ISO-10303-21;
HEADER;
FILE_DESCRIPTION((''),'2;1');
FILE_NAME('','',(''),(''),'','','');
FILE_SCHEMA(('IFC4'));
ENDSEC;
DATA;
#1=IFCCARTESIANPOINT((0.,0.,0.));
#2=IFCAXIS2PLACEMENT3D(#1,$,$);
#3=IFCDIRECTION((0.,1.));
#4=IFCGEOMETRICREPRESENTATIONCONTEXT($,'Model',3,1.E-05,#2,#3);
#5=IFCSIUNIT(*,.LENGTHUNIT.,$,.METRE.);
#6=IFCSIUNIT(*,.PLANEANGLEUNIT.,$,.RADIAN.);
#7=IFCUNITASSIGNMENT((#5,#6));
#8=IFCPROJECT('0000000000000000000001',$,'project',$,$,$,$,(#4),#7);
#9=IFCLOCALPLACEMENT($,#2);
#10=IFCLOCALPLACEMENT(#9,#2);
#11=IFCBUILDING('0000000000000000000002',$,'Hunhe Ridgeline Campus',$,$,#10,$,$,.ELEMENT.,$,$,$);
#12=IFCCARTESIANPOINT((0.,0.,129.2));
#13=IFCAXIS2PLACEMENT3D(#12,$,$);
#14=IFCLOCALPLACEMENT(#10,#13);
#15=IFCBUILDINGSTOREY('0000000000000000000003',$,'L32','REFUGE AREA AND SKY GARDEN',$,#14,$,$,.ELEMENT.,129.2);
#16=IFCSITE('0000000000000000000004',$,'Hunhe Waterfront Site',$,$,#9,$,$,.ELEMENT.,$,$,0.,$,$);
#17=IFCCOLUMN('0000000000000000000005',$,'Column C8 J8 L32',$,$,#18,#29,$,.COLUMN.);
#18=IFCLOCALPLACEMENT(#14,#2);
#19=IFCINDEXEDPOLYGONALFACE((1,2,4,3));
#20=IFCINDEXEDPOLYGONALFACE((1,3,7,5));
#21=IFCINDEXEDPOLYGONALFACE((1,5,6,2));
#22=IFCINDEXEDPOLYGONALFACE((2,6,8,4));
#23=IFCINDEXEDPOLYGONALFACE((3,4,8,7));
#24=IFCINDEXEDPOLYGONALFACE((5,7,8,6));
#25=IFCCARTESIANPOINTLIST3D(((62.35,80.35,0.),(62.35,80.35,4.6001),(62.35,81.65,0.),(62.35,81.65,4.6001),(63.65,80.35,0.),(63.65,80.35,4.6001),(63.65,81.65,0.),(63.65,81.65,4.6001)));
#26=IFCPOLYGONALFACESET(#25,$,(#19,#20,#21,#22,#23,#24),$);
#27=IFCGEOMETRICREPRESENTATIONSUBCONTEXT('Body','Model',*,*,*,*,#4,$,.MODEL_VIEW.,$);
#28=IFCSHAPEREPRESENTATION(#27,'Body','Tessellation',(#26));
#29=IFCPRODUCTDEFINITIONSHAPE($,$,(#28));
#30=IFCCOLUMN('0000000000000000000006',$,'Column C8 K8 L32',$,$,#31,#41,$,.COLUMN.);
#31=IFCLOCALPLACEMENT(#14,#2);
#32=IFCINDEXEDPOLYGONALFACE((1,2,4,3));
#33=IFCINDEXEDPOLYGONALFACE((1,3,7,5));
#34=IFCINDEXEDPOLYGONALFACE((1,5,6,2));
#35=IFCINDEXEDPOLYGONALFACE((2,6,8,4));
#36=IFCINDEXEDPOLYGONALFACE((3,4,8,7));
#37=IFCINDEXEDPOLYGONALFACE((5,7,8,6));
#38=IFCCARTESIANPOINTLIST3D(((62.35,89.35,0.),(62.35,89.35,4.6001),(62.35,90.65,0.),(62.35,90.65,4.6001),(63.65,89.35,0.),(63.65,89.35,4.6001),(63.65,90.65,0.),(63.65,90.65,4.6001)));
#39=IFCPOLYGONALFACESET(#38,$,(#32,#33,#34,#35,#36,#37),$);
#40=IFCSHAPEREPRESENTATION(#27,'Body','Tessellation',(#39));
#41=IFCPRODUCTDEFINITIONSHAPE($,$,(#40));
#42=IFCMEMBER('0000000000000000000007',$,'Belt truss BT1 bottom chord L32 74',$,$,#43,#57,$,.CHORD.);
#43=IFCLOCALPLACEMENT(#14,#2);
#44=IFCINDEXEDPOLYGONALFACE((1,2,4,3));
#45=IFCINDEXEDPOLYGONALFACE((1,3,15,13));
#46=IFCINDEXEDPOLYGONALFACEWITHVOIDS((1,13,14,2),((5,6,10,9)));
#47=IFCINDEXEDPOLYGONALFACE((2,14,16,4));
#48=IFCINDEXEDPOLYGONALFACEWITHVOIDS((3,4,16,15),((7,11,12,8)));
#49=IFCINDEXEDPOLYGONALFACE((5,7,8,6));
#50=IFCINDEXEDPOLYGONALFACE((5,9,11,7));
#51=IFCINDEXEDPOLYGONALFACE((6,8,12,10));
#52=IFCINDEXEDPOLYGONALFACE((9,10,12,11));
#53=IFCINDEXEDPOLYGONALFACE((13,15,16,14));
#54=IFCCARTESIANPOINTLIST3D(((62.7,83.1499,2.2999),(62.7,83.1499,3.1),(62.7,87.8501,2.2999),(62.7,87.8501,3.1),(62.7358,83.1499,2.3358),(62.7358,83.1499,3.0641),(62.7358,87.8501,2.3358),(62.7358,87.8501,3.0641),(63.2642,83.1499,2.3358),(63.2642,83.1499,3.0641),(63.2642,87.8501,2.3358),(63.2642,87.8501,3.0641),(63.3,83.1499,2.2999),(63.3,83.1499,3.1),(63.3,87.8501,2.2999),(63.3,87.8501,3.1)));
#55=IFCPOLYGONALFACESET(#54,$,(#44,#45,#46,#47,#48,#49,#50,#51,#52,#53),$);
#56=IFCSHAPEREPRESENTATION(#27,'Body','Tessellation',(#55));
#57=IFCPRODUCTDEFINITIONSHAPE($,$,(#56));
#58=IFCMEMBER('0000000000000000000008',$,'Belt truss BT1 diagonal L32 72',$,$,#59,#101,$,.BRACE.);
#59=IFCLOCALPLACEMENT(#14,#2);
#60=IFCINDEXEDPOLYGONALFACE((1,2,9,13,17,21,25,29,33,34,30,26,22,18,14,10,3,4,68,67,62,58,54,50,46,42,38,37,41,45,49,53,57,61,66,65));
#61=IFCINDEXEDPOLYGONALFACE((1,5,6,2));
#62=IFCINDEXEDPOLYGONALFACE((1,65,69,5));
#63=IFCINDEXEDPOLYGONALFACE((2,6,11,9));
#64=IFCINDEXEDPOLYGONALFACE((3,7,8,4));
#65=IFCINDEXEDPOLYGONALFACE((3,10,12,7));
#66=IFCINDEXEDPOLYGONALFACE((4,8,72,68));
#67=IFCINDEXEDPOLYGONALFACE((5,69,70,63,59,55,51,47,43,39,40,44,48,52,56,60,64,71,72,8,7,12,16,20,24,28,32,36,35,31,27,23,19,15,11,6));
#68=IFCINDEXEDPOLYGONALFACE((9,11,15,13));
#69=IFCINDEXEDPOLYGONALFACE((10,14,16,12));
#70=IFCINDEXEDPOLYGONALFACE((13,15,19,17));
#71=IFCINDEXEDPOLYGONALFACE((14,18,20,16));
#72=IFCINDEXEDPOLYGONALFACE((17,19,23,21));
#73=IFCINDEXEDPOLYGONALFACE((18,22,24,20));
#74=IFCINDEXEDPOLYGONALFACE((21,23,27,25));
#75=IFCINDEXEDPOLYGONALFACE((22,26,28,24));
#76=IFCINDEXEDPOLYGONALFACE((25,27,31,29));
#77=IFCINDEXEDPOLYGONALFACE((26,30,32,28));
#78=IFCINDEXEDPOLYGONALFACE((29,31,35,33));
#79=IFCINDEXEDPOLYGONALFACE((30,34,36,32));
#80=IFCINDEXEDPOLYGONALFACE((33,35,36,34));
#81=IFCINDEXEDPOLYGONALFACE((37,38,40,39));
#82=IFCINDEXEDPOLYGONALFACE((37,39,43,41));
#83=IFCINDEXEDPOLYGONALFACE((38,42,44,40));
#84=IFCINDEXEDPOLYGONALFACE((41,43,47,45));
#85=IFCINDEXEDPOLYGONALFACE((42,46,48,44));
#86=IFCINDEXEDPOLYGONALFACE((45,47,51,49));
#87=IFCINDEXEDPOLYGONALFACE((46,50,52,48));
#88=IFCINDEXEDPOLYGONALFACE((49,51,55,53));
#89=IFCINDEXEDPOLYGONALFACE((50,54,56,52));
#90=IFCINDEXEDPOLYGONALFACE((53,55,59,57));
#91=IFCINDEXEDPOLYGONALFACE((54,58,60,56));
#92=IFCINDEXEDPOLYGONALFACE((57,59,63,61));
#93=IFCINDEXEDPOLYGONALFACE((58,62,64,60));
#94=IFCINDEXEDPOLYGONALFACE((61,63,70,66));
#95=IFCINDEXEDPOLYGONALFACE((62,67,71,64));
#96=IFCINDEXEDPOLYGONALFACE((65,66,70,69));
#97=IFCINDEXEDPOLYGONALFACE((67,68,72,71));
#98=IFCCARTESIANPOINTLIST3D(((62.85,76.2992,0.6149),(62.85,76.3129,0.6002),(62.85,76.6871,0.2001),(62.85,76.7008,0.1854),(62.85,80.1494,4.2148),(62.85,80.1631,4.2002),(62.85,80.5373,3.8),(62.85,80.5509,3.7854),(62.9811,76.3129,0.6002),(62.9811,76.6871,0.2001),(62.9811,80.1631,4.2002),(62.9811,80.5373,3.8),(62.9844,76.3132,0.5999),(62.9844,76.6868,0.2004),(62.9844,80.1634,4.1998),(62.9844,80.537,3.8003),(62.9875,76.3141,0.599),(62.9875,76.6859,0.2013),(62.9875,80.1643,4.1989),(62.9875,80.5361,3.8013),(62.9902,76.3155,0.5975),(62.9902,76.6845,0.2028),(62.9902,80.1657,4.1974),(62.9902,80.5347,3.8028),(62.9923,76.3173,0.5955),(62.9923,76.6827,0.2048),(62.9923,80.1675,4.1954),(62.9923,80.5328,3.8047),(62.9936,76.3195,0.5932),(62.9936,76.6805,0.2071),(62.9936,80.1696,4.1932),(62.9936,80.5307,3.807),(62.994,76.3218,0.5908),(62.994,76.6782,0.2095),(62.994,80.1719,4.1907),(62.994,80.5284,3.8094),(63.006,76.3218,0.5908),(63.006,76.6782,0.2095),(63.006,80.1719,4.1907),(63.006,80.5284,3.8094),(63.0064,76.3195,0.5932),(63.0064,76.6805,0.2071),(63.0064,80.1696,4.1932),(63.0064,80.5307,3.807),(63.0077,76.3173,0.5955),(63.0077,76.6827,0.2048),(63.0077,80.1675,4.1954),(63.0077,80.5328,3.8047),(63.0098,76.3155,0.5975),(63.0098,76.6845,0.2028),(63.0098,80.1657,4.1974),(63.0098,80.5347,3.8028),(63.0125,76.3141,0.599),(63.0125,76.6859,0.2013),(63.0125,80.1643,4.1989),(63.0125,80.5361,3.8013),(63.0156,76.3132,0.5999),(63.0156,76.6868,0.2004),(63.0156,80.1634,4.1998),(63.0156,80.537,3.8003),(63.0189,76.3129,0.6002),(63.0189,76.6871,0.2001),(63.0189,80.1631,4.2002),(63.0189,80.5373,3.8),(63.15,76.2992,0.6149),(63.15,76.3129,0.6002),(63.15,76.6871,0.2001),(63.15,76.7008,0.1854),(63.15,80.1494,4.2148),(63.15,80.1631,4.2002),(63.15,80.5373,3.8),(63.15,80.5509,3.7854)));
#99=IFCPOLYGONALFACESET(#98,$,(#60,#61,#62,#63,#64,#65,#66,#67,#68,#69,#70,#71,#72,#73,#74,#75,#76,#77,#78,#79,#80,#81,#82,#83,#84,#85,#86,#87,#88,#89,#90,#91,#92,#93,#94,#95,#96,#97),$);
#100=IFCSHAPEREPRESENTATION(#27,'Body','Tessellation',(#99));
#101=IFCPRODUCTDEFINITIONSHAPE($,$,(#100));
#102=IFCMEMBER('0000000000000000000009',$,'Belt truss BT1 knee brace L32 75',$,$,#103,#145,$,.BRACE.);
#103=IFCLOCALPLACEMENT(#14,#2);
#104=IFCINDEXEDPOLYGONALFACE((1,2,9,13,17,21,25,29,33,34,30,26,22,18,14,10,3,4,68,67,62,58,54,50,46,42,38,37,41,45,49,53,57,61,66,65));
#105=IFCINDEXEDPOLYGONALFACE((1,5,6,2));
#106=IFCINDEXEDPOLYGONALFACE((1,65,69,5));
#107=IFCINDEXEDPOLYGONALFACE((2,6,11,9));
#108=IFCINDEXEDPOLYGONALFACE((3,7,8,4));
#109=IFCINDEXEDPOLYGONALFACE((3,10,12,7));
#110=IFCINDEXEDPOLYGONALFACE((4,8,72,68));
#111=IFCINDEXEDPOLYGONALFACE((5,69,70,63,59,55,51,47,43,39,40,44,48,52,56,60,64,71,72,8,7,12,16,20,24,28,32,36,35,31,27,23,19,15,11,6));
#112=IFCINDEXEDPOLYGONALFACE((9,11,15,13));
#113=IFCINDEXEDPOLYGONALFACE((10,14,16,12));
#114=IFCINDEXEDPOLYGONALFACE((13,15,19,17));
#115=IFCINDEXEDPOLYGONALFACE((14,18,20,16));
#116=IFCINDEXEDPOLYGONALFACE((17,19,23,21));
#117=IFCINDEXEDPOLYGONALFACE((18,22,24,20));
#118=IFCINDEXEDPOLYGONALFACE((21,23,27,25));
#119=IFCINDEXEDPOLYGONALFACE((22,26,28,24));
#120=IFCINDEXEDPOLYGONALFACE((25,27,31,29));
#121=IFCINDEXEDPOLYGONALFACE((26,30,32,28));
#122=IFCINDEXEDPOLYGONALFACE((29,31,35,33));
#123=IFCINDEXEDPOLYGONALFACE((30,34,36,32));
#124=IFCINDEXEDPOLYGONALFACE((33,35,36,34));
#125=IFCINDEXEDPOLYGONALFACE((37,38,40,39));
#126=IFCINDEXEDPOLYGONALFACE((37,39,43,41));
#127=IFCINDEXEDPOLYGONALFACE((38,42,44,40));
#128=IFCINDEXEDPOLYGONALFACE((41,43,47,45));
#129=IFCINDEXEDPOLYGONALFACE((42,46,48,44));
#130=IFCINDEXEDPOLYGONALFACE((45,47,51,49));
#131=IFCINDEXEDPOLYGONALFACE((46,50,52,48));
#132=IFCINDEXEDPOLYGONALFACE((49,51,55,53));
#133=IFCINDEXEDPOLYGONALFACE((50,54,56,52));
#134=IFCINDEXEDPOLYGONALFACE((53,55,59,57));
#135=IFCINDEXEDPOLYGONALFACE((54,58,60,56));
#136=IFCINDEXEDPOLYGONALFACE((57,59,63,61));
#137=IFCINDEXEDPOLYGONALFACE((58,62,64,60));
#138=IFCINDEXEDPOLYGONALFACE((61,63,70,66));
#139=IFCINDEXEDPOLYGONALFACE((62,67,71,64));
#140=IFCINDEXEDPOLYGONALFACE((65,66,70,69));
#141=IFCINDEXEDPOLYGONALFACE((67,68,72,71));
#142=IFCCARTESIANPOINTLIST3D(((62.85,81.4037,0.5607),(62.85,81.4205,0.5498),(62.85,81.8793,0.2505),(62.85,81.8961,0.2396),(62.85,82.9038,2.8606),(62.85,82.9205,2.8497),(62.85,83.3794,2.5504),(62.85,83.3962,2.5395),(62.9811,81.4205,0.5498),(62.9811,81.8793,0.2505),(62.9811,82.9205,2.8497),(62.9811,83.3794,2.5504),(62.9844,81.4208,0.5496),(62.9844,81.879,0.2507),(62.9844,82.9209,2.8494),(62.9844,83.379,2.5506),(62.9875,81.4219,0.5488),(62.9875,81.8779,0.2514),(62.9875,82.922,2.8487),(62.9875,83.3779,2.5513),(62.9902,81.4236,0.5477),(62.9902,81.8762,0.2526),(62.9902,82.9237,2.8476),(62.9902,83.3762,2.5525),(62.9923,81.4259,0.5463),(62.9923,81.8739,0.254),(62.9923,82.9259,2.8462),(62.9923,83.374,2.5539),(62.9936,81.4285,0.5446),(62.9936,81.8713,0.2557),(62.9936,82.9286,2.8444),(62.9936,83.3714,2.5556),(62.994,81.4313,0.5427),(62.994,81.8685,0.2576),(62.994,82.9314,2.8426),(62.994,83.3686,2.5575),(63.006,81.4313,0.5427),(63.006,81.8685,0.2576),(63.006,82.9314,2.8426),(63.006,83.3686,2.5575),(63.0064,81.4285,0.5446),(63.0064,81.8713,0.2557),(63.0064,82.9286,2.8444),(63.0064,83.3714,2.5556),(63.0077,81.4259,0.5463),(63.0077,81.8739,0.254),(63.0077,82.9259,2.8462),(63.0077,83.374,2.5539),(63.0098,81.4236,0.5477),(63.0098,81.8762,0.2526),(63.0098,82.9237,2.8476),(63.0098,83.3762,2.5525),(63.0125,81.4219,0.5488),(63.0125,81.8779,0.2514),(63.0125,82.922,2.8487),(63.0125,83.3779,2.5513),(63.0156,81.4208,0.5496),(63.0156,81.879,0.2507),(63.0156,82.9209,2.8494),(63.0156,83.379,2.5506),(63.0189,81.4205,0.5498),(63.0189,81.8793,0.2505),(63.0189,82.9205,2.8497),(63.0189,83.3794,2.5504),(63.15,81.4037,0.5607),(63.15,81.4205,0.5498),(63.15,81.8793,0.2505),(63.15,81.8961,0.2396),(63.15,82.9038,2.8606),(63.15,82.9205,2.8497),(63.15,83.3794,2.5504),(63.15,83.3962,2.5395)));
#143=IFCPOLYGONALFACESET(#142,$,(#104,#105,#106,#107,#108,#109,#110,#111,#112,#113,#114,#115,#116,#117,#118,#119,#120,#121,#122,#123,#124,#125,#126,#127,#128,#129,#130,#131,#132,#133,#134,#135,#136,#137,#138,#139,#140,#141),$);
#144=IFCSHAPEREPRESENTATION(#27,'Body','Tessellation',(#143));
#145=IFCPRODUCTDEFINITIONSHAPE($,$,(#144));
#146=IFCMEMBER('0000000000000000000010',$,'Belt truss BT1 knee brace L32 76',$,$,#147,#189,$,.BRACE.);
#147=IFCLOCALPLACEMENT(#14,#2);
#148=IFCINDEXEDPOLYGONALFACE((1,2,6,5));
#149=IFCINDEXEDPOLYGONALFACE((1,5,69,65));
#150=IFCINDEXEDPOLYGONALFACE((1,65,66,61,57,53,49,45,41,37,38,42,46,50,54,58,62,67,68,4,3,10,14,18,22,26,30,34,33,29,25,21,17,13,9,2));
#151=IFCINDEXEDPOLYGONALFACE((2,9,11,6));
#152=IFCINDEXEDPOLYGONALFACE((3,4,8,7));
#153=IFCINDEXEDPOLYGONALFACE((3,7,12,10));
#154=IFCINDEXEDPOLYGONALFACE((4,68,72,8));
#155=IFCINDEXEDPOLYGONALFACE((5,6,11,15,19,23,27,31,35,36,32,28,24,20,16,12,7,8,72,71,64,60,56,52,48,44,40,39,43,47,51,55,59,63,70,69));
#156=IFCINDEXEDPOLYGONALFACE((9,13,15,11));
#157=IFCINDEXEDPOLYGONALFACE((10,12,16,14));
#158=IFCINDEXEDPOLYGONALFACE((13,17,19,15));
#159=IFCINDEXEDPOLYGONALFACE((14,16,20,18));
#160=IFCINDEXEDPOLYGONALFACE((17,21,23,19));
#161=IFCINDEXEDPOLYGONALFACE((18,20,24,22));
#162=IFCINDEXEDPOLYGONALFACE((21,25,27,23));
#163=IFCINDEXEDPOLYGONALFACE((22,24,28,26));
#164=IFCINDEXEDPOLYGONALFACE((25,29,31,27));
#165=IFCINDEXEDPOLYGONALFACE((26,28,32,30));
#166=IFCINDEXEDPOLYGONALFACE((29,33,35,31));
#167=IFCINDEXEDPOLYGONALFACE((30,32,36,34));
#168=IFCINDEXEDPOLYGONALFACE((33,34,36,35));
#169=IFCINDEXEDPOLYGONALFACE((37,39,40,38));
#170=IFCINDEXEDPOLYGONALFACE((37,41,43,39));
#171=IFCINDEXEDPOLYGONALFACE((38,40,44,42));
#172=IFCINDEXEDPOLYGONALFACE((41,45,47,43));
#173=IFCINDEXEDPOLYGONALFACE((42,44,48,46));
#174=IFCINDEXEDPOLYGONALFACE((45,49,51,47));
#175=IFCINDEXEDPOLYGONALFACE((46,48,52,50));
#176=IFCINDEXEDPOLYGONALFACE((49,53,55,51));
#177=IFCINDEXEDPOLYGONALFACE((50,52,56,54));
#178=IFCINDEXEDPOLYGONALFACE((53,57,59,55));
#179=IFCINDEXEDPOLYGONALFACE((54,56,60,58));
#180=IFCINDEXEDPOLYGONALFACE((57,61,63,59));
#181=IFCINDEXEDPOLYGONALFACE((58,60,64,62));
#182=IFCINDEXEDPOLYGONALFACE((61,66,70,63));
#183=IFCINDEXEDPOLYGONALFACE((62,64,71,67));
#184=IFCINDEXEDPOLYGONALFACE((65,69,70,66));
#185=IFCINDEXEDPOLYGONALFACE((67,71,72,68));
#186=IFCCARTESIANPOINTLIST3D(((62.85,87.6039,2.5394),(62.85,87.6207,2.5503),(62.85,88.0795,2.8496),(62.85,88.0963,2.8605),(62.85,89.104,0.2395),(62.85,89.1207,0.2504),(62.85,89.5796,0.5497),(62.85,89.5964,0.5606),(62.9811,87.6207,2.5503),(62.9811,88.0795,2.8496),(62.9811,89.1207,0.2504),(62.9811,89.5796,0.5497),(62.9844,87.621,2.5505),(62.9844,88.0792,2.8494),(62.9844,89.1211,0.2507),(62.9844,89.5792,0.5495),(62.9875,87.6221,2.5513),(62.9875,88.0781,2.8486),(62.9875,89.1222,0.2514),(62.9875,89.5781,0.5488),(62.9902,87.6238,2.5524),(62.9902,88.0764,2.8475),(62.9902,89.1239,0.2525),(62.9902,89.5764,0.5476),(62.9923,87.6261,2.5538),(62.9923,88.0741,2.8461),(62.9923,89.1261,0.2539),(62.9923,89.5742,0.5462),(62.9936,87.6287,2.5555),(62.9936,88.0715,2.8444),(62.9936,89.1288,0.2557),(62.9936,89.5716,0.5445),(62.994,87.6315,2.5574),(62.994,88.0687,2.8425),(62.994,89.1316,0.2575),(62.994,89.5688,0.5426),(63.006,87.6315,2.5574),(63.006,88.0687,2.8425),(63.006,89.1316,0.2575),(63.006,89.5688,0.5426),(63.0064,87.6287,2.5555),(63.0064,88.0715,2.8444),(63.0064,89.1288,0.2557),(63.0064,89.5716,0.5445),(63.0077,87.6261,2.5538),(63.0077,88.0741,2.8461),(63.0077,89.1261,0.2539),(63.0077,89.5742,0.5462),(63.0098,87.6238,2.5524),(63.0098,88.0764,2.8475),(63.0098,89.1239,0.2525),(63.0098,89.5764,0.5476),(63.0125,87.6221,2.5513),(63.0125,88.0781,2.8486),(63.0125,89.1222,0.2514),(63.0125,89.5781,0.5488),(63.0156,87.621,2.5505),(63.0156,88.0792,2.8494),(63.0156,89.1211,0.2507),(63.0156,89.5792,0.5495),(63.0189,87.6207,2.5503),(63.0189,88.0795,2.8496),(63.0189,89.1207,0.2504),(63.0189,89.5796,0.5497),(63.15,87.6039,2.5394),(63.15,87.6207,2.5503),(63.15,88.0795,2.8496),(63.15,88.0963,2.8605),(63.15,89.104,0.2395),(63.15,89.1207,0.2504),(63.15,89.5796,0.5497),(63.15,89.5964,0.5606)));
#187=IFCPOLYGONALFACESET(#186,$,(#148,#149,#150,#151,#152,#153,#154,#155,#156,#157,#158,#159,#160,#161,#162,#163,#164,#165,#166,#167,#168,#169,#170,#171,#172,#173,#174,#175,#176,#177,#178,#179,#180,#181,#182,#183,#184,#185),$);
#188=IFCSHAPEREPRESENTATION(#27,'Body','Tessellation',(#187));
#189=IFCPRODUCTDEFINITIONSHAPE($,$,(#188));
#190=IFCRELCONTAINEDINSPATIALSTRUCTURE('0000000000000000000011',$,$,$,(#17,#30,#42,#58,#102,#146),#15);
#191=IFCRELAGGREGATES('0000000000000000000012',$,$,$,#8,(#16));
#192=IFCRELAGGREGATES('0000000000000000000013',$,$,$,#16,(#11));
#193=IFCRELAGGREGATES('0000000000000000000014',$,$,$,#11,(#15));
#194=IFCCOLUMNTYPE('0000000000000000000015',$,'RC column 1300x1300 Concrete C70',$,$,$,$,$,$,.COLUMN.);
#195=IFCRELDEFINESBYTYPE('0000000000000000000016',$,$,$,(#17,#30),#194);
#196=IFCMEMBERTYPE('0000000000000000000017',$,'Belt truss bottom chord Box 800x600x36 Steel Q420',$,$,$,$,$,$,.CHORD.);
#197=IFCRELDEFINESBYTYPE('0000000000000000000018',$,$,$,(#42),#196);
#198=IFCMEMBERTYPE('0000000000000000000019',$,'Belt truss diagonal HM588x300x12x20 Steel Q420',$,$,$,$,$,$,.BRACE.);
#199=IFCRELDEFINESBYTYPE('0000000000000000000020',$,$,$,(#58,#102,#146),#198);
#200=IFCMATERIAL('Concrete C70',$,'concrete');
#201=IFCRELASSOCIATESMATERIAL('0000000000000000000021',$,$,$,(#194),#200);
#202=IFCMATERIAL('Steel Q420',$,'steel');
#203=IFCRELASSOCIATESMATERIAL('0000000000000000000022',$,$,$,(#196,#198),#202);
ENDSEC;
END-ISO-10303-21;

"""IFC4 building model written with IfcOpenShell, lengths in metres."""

from ifc_helpers import new_model, si_unit, direction, frame, origin, origin_2d, place, context, subcontext, project, spatial, rectangle, hollow_rectangle, i_section, extrude, material, material_profile, profile_set, type_object, element, save


model = new_model("IFC4")

# Units and contexts
model_context = context("Model", 3, precision=1e-05, world=origin(), true_north=direction((0.0, 1.0)))
body_context = subcontext(model_context, "Body", "Model", "MODEL_VIEW")
ifc_project = project(units=[si_unit("LENGTHUNIT", "METRE"), si_unit("PLANEANGLEUNIT", "RADIAN")], contexts=[model_context])

# Site, building, storey
site_placement = place(None, origin())
site = spatial("IfcSite", under=ifc_project, at=site_placement, Name="Hunhe Waterfront Site", CompositionType="ELEMENT", RefElevation=0.0)
building_placement = place(site_placement, origin())
building = spatial("IfcBuilding", under=site, at=building_placement, Name="Hunhe Ridgeline Campus", CompositionType="ELEMENT")
storey_placement = place(building_placement, frame((0.0, 0.0, 129.2)))
storey = spatial("IfcBuildingStorey", under=building, at=storey_placement, Name="L32", Description="REFUGE AREA AND SKY GARDEN", CompositionType="ELEMENT", Elevation=129.2)

# Columns
ifc_material_1 = material(Name="Concrete C70", Category="concrete")
ifc_material_profile_1 = material_profile(ifc_material_1, rectangle(XDim=1.3, YDim=1.3, at=origin_2d()))
ifc_profile_set_1 = profile_set([ifc_material_profile_1], Name="Concrete C70")
column_type = type_object("IfcColumnType", Name="RC column 1300x1300 Concrete C70", PredefinedType="COLUMN", material=ifc_profile_set_1)
for number, where, z_axis, x_axis, name in (
    (1, (63.0, 81.0, 0.0), (0.0, 0.0, 1.0), (1.0, 0.0, 0.0), "Column C8 J8 L32"),
    (2, (63.0, 90.0, 0.0), (0.0, 0.0, 1.0), (1.0, 0.0, 0.0), "Column C8 K8 L32"),
):
    element("IfcColumn", number, at=place(storey_placement, frame(where, z_axis=z_axis, x_axis=x_axis)), inside=storey, type_object=column_type, Name=name, PredefinedType="COLUMN", context=body_context, shape_type="SweptSolid", body=[
        extrude(rectangle(XDim=1.3, YDim=1.3, at=origin_2d()), origin(), (0.0, 0.0, 1.0), 4.6001),
    ])

# Members
ifc_material_2 = material(Name="Steel Q420", Category="steel")
ifc_material_profile_2 = material_profile(ifc_material_2, hollow_rectangle(XDim=0.6001, YDim=0.8, WallThickness=0.0359, at=origin_2d()))
ifc_profile_set_2 = profile_set([ifc_material_profile_2], Name="Steel Q420")
member_type_1 = type_object("IfcMemberType", Name="Belt truss bottom chord Box 800x600x36 Steel Q420", PredefinedType="CHORD", material=ifc_profile_set_2)
member_1_placement = place(storey_placement, frame((63.0, 83.1499, 2.7), z_axis=(0.0, 1.0, 0.0), x_axis=(-1.0, 0.0, 0.0)))
element("IfcMember", 3, at=member_1_placement, inside=storey, type_object=member_type_1, Name="Belt truss BT1 bottom chord L32 74", PredefinedType="CHORD", context=body_context, shape_type="SweptSolid", body=[
    extrude(hollow_rectangle(XDim=0.6001, YDim=0.8, WallThickness=0.0359, at=origin_2d()), origin(), (0.0, 0.0, 1.0), 4.7002),
])
ifc_material_profile_3 = material_profile(ifc_material_2, i_section(OverallWidth=0.3, OverallDepth=0.5879, WebThickness=0.012, FlangeThickness=0.02, FilletRadius=0.0129, at=origin_2d()))
ifc_profile_set_3 = profile_set([ifc_material_profile_3], Name="Steel Q420")
member_type_2 = type_object("IfcMemberType", Name="Belt truss diagonal HM588x300x12x20 Steel Q420", PredefinedType="BRACE", material=ifc_profile_set_3)
member_2_placement = place(storey_placement, frame((63.0, 76.5, 0.4001), z_axis=(0.0, 0.730447, 0.68297), x_axis=(-1.0, 0.0, 0.0)))
element("IfcMember", 4, at=member_2_placement, inside=storey, type_object=member_type_2, Name="Belt truss BT1 diagonal L32 72", PredefinedType="BRACE", context=body_context, shape_type="SweptSolid", body=[
    extrude(i_section(OverallWidth=0.3, OverallDepth=0.5879, WebThickness=0.012, FlangeThickness=0.02, FilletRadius=0.0129, at=origin_2d()), origin(), (0.0, 0.0, 1.0), 5.271),
])
for number, where, z_axis, x_axis, name in (
    (5, (63.0, 81.6499, 0.4001), (0.0, 0.5463, 0.837589), (-1.0, 0.0, 0.0), "Belt truss BT1 knee brace L32 75"),
    (6, (63.0, 87.8501, 2.7), (0.0, 0.5463, -0.837589), (-1.0, 0.0, 0.0), "Belt truss BT1 knee brace L32 76"),
):
    element("IfcMember", number, at=place(storey_placement, frame(where, z_axis=z_axis, x_axis=x_axis)), inside=storey, type_object=member_type_2, Name=name, PredefinedType="BRACE", context=body_context, shape_type="SweptSolid", body=[
        extrude(i_section(OverallWidth=0.3, OverallDepth=0.5879, WebThickness=0.012, FlangeThickness=0.02, FilletRadius=0.0129, at=origin_2d()), origin(), (0.0, 0.0, 1.0), 2.7458),
    ])

save(model, "model.ifc")
